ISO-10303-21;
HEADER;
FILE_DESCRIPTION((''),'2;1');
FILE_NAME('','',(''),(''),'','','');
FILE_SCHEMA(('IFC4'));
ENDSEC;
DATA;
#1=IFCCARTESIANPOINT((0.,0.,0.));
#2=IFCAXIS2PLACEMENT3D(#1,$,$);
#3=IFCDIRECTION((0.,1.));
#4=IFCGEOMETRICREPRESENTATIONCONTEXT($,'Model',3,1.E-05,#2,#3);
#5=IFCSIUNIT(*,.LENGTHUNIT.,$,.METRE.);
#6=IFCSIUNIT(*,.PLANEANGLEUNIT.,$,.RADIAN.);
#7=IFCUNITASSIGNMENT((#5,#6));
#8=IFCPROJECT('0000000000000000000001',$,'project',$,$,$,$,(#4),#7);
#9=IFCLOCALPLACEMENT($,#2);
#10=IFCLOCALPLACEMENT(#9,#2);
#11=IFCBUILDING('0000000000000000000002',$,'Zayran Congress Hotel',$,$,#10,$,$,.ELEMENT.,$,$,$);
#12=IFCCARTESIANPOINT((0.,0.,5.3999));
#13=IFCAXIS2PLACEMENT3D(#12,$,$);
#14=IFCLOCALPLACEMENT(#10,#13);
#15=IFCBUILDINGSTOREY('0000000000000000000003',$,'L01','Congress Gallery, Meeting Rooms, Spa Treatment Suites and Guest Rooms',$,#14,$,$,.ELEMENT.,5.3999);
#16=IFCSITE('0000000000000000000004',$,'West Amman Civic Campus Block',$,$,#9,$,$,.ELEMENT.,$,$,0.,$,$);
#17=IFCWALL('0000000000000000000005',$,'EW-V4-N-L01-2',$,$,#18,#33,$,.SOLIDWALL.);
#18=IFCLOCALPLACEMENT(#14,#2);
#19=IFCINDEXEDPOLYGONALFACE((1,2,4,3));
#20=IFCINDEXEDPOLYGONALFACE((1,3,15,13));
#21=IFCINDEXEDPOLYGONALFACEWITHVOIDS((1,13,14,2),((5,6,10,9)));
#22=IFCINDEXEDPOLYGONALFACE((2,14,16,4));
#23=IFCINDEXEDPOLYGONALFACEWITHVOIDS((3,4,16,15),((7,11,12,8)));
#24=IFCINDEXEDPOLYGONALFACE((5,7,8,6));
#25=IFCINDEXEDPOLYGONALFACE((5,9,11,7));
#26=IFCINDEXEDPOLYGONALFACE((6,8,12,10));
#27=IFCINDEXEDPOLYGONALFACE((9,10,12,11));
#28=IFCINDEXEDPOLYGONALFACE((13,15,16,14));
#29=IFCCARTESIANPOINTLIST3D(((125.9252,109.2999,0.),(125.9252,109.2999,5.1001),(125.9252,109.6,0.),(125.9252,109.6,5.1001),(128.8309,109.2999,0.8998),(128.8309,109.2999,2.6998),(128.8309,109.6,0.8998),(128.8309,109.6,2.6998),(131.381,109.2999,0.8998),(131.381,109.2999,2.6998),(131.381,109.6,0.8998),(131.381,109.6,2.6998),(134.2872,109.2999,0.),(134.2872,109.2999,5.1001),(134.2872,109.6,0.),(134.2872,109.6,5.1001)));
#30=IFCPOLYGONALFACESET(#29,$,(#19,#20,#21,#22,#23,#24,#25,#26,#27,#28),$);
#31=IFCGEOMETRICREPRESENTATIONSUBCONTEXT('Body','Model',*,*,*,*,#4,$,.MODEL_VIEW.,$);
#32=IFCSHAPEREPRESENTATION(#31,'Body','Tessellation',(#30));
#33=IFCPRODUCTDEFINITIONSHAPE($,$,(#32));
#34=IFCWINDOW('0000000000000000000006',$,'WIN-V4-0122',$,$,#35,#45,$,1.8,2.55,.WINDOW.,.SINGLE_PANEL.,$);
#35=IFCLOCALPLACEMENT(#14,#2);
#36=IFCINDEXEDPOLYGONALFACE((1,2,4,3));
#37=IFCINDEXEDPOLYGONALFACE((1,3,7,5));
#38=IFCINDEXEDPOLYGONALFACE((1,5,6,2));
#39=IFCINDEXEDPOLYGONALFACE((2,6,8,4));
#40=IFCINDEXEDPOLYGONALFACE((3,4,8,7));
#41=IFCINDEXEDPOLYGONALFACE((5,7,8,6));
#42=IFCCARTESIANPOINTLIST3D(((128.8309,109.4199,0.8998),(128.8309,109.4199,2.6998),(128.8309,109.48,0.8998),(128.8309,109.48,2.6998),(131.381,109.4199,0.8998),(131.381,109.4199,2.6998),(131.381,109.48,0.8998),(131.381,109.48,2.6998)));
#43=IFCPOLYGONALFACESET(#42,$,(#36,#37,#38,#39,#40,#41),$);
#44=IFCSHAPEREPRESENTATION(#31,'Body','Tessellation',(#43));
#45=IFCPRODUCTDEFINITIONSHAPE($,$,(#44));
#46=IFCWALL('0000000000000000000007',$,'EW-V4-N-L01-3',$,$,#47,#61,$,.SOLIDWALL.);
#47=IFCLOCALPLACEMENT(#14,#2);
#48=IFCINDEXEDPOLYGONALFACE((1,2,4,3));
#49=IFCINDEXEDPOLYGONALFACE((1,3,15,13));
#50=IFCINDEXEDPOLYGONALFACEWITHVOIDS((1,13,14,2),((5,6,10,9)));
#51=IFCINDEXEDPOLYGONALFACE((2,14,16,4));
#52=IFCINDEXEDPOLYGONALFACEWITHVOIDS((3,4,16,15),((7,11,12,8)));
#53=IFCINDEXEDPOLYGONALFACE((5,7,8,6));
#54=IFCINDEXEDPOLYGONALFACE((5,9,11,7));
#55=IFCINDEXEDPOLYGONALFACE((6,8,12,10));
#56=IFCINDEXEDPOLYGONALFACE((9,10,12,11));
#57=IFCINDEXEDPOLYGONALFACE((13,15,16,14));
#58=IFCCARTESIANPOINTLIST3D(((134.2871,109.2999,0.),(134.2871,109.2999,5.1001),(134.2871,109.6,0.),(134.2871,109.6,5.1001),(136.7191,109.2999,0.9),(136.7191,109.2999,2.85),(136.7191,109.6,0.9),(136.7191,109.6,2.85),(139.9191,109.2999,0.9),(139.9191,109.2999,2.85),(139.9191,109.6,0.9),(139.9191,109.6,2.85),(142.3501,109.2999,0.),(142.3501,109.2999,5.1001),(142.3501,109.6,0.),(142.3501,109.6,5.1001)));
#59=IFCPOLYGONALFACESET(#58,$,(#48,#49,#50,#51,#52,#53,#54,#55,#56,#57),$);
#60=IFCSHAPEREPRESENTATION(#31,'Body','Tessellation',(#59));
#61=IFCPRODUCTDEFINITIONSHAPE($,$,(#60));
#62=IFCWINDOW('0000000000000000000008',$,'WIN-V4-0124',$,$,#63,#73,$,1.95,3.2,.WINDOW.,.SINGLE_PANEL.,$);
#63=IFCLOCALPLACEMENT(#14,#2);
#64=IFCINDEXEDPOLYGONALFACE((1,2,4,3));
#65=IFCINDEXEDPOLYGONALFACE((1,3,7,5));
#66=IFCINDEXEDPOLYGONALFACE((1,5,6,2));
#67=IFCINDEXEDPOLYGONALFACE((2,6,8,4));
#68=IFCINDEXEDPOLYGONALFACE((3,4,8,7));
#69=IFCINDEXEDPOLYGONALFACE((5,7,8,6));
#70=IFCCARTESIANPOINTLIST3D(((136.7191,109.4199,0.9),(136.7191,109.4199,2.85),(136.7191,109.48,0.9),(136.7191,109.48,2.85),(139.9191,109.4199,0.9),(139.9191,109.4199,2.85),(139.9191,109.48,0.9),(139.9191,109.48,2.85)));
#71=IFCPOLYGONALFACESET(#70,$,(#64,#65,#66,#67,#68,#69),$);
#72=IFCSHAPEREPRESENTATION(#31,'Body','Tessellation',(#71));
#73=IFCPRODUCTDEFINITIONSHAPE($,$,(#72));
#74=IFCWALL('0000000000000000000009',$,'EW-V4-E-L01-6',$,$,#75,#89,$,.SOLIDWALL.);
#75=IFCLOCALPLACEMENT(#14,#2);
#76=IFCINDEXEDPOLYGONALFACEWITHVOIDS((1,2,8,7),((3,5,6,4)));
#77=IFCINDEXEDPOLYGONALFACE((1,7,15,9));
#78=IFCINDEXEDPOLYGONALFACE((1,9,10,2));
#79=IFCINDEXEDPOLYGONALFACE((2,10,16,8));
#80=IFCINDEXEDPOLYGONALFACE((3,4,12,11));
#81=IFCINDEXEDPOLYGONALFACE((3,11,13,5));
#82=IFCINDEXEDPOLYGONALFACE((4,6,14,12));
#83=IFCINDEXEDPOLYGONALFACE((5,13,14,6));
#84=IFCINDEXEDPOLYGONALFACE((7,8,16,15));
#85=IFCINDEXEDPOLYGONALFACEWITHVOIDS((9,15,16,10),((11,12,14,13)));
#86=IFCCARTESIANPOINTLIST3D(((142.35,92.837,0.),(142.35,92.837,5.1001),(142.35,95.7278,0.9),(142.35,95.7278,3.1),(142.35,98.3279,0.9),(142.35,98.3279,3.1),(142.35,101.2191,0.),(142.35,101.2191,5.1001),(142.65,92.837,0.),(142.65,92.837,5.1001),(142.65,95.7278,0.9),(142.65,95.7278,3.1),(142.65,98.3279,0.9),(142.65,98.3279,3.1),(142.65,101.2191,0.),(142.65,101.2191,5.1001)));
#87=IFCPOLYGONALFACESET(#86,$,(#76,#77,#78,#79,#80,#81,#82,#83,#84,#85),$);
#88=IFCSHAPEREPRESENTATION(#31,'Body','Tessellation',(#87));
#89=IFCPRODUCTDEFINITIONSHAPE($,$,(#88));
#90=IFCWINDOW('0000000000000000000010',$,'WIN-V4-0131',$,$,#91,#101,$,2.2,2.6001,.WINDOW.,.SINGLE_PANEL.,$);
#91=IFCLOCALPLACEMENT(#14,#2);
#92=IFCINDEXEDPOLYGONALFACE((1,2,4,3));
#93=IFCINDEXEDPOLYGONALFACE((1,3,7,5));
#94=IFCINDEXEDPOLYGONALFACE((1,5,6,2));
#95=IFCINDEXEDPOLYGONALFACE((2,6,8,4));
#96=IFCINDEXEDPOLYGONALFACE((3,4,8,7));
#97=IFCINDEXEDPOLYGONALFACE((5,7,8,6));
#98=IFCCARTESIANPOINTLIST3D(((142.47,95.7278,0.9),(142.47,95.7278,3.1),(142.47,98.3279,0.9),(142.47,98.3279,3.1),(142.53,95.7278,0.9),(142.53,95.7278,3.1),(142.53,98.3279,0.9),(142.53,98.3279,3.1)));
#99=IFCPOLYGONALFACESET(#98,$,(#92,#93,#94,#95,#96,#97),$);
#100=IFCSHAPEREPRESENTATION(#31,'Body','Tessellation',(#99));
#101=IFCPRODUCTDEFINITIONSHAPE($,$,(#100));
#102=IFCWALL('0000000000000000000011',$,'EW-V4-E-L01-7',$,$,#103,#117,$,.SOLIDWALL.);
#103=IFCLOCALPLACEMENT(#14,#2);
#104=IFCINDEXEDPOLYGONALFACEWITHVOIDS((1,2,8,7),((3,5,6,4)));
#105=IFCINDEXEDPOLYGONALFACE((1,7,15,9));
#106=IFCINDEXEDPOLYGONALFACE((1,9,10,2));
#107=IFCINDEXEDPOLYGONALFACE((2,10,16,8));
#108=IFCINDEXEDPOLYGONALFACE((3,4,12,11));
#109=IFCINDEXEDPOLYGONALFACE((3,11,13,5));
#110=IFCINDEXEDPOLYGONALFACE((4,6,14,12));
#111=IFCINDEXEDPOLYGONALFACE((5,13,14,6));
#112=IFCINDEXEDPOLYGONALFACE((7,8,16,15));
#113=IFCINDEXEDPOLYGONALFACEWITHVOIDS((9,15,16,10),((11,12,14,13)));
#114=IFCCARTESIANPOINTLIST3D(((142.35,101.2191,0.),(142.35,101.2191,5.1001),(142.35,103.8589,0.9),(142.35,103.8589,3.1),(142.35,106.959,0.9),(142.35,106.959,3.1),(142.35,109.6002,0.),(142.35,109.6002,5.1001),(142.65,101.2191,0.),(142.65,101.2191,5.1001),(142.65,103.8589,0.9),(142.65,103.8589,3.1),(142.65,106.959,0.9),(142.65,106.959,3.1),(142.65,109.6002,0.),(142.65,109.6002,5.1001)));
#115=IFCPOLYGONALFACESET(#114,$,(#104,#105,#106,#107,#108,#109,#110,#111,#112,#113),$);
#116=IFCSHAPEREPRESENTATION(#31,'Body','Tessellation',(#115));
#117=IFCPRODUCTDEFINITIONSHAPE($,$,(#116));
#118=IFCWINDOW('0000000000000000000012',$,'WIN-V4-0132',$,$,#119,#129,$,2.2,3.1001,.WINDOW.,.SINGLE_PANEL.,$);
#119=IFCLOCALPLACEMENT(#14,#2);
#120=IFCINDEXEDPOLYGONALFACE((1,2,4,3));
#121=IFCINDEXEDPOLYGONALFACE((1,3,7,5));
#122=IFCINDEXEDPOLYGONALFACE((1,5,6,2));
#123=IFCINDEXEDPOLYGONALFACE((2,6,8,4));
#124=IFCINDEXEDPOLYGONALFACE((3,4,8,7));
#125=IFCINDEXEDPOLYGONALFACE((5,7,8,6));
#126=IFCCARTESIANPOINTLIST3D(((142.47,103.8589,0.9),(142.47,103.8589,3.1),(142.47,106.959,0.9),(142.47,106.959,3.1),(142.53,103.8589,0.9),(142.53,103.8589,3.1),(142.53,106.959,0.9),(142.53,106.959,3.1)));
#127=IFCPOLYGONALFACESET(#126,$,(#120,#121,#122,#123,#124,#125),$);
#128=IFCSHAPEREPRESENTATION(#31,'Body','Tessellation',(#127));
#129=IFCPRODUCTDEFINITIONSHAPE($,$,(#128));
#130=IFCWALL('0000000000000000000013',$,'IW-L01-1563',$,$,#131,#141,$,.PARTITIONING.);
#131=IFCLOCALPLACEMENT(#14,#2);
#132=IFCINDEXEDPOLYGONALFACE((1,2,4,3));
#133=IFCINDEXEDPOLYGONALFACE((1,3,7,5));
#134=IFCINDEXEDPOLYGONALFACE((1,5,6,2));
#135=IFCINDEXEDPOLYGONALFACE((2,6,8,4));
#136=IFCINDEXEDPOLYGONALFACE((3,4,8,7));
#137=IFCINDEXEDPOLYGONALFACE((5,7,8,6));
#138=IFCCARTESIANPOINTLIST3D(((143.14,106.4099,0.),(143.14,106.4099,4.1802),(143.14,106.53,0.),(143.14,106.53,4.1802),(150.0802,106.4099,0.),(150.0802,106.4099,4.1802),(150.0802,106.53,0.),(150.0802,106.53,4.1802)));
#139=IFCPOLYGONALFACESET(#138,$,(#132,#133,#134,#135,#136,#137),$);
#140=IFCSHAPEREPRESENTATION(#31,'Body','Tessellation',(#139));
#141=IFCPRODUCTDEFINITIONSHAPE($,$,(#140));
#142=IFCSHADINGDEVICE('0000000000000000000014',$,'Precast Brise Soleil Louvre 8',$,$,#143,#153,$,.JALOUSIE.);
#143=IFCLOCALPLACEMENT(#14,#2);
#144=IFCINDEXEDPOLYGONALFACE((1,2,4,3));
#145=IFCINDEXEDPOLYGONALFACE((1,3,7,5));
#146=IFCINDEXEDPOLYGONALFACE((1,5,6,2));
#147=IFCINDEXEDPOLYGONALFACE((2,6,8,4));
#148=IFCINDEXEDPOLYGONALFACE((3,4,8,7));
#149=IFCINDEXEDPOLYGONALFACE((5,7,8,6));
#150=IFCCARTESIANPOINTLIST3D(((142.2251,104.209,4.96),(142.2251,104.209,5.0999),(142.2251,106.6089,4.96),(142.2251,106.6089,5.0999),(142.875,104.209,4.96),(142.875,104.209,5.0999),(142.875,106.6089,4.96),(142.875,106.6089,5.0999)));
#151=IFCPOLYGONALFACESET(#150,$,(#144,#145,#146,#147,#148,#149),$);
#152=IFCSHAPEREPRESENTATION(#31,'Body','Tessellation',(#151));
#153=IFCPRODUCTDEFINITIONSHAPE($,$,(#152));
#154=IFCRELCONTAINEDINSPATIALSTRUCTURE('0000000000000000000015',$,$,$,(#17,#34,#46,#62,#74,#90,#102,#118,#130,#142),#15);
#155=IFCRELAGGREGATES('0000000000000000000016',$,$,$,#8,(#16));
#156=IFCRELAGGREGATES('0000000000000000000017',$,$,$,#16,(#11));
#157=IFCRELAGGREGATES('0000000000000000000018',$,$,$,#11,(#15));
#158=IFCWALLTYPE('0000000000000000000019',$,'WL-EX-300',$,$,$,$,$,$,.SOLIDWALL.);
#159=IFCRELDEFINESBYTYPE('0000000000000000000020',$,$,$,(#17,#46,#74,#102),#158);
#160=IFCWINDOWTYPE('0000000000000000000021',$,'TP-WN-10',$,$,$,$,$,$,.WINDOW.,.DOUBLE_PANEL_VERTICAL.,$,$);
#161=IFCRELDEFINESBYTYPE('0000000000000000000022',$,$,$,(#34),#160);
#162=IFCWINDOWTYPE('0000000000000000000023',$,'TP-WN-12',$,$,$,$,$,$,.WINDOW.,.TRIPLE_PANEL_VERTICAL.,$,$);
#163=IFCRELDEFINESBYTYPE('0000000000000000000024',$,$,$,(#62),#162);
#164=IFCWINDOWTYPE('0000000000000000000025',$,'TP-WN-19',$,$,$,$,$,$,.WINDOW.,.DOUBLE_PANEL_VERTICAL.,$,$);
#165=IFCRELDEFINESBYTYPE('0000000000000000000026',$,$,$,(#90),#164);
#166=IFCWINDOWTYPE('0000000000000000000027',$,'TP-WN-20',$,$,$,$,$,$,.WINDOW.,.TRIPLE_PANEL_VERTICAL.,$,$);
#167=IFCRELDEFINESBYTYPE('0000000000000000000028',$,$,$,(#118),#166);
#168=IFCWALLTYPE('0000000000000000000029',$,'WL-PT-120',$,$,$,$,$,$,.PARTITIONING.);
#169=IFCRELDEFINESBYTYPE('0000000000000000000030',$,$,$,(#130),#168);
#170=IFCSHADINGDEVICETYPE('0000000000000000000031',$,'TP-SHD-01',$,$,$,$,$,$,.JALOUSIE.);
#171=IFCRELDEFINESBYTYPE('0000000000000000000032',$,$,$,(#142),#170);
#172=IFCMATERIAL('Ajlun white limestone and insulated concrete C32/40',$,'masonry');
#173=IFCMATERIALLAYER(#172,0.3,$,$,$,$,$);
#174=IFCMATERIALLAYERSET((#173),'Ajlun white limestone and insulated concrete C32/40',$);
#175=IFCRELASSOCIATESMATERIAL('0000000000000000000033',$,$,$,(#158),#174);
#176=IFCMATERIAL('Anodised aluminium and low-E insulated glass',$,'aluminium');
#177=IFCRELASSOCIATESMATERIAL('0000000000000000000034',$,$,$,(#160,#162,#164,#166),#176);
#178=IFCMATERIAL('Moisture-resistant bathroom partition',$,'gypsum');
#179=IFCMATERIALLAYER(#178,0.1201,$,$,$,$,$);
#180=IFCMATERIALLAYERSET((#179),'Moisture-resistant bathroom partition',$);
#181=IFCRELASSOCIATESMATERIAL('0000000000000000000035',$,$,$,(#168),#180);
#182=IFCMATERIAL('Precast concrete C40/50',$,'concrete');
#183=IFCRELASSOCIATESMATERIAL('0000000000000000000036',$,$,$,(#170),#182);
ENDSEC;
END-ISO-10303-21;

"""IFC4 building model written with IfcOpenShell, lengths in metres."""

from ifc_helpers import new_model, si_unit, direction, frame, frame_2d, origin, origin_2d, place, context, subcontext, project, spatial, rectangle, extrude, material, layer, layer_set, type_object, element, fill, save


model = new_model("IFC4")

# Units and contexts
model_context = context("Model", 3, precision=1e-05, world=origin(), true_north=direction((0.0, 1.0)))
body_context = subcontext(model_context, "Body", "Model", "MODEL_VIEW")
ifc_project = project(units=[si_unit("LENGTHUNIT", "METRE"), si_unit("PLANEANGLEUNIT", "RADIAN")], contexts=[model_context])

# Site, building, storey
site_placement = place(None, origin())
site = spatial("IfcSite", under=ifc_project, at=site_placement, Name="West Amman Civic Campus Block", CompositionType="ELEMENT", RefElevation=0.0)
building_placement = place(site_placement, origin())
building = spatial("IfcBuilding", under=site, at=building_placement, Name="Zayran Congress Hotel", CompositionType="ELEMENT")
storey_placement = place(building_placement, frame((0.0, 0.0, 5.3999)))
storey = spatial("IfcBuildingStorey", under=building, at=storey_placement, Name="L01", Description="Congress Gallery, Meeting Rooms, Spa Treatment Suites and Guest Rooms", CompositionType="ELEMENT", Elevation=5.3999)

# Walls, openings, windows
ifc_material_1 = material(Name="Anodised aluminium and low-E insulated glass", Category="aluminium")
ifc_material_2 = material(Name="Ajlun white limestone and insulated concrete C32/40", Category="masonry")
ifc_layer_1 = layer(ifc_material_2, 0.3)
ifc_layer_set_1 = layer_set([ifc_layer_1], Name="Ajlun white limestone and insulated concrete C32/40")
wall_type_1 = type_object("IfcWallType", Name="WL-EX-300", PredefinedType="SOLIDWALL", material=ifc_layer_set_1)
wall_1_placement = place(storey_placement, frame((125.925, 109.45, 0.0), z_axis=(0.0, 0.0, 1.0), x_axis=(1.0, 0.0, 0.0)))
wall_1 = element("IfcWall", 1, at=wall_1_placement, inside=storey, type_object=wall_type_1, Name="EW-V4-N-L01-2", PredefinedType="SOLIDWALL", context=body_context, shape_type="SweptSolid", body=[
    extrude(rectangle(XDim=8.3621, YDim=0.3, at=frame_2d((4.1812, 0.0))), origin(), (0.0, 0.0, 1.0), 5.1001),
])
opening_1_placement = place(wall_1_placement, frame((2.906, 0.0, 0.8999)))
opening_1 = element("IfcOpeningElement", 2, at=opening_1_placement, cuts=wall_1, PredefinedType="OPENING", context=body_context, shape_type="SweptSolid", body=[
    extrude(rectangle(XDim=2.55, YDim=1.8, at=frame_2d((1.2749, 0.8999))), frame((0.0, 0.1599, 0.0), z_axis=(0.0, -1.0, 0.0), x_axis=(1.0, 0.0, 0.0)), (0.0, 0.0, 1.0), 0.3201),
])
window_type_1 = type_object("IfcWindowType", Name="TP-WN-10", PartitioningType="DOUBLE_PANEL_VERTICAL", PredefinedType="WINDOW", material=ifc_material_1)
window_1_placement = place(opening_1_placement, origin())
window_1 = element("IfcWindow", 3, at=window_1_placement, inside=storey, type_object=window_type_1, Name="WIN-V4-0122", OverallHeight=1.8, OverallWidth=2.55, PartitioningType="SINGLE_PANEL", PredefinedType="WINDOW", context=body_context, shape_type="SweptSolid", body=[
    extrude(rectangle(XDim=2.55, YDim=1.8, at=frame_2d((1.2749, 0.8999))), frame((0.0, 0.03, 0.0), z_axis=(0.0, -1.0, 0.0), x_axis=(1.0, 0.0, 0.0)), (0.0, 0.0, 1.0), 0.0601),
])
fill(opening_1, window_1)
wall_2_placement = place(storey_placement, frame((134.2871, 109.45, 0.0), z_axis=(0.0, 0.0, 1.0), x_axis=(1.0, 0.0, 0.0)))
wall_2 = element("IfcWall", 4, at=wall_2_placement, inside=storey, type_object=wall_type_1, Name="EW-V4-N-L01-3", PredefinedType="SOLIDWALL", context=body_context, shape_type="SweptSolid", body=[
    extrude(rectangle(XDim=8.063, YDim=0.3, at=frame_2d((4.0315, 0.0))), origin(), (0.0, 0.0, 1.0), 5.1001),
])
opening_2_placement = place(wall_2_placement, frame((2.4319, 0.0, 0.8999)))
opening_2 = element("IfcOpeningElement", 5, at=opening_2_placement, cuts=wall_2, PredefinedType="OPENING", context=body_context, shape_type="SweptSolid", body=[
    extrude(rectangle(XDim=3.2, YDim=1.95, at=frame_2d((1.6001, 0.9751))), frame((0.0, 0.1599, 0.0), z_axis=(0.0, -1.0, 0.0), x_axis=(1.0, 0.0, 0.0)), (0.0, 0.0, 1.0), 0.3201),
])
window_type_2 = type_object("IfcWindowType", Name="TP-WN-12", PartitioningType="TRIPLE_PANEL_VERTICAL", PredefinedType="WINDOW", material=ifc_material_1)
window_2_placement = place(opening_2_placement, origin())
window_2 = element("IfcWindow", 6, at=window_2_placement, inside=storey, type_object=window_type_2, Name="WIN-V4-0124", OverallHeight=1.95, OverallWidth=3.2, PartitioningType="SINGLE_PANEL", PredefinedType="WINDOW", context=body_context, shape_type="SweptSolid", body=[
    extrude(rectangle(XDim=3.2, YDim=1.95, at=frame_2d((1.6001, 0.9751))), frame((0.0, 0.03, 0.0), z_axis=(0.0, -1.0, 0.0), x_axis=(1.0, 0.0, 0.0)), (0.0, 0.0, 1.0), 0.0601),
])
fill(opening_2, window_2)
wall_3_placement = place(storey_placement, frame((142.5, 101.219, 0.0), z_axis=(0.0, 0.0, 1.0), x_axis=(0.0, -1.0, 0.0)))
wall_3 = element("IfcWall", 7, at=wall_3_placement, inside=storey, type_object=wall_type_1, Name="EW-V4-E-L01-6", PredefinedType="SOLIDWALL", context=body_context, shape_type="SweptSolid", body=[
    extrude(rectangle(XDim=8.3821, YDim=0.3, at=frame_2d((4.1909, 0.0))), origin(), (0.0, 0.0, 1.0), 5.1001),
])
opening_3_placement = place(wall_3_placement, frame((2.8911, 0.0, 0.8999)))
opening_3 = element("IfcOpeningElement", 8, at=opening_3_placement, cuts=wall_3, PredefinedType="OPENING", context=body_context, shape_type="SweptSolid", body=[
    extrude(rectangle(XDim=2.6001, YDim=2.2, at=frame_2d((1.3, 1.1001))), frame((0.0, 0.1599, 0.0), z_axis=(0.0, -1.0, 0.0), x_axis=(1.0, 0.0, 0.0)), (0.0, 0.0, 1.0), 0.3201),
])
window_type_3 = type_object("IfcWindowType", Name="TP-WN-19", PartitioningType="DOUBLE_PANEL_VERTICAL", PredefinedType="WINDOW", material=ifc_material_1)
window_3_placement = place(opening_3_placement, origin())
window_3 = element("IfcWindow", 9, at=window_3_placement, inside=storey, type_object=window_type_3, Name="WIN-V4-0131", OverallHeight=2.2, OverallWidth=2.6001, PartitioningType="SINGLE_PANEL", PredefinedType="WINDOW", context=body_context, shape_type="SweptSolid", body=[
    extrude(rectangle(XDim=2.6001, YDim=2.2, at=frame_2d((1.3, 1.1001))), frame((0.0, 0.03, 0.0), z_axis=(0.0, -1.0, 0.0), x_axis=(1.0, 0.0, 0.0)), (0.0, 0.0, 1.0), 0.0601),
])
fill(opening_3, window_3)
wall_4_placement = place(storey_placement, frame((142.5, 109.6001, 0.0), z_axis=(0.0, 0.0, 1.0), x_axis=(0.0, -1.0, 0.0)))
wall_4 = element("IfcWall", 10, at=wall_4_placement, inside=storey, type_object=wall_type_1, Name="EW-V4-E-L01-7", PredefinedType="SOLIDWALL", context=body_context, shape_type="SweptSolid", body=[
    extrude(rectangle(XDim=8.3811, YDim=0.3, at=frame_2d((4.1904, 0.0))), origin(), (0.0, 0.0, 1.0), 5.1001),
])
opening_4_placement = place(wall_4_placement, frame((2.6411, 0.0, 0.8999)))
opening_4 = element("IfcOpeningElement", 11, at=opening_4_placement, cuts=wall_4, PredefinedType="OPENING", context=body_context, shape_type="SweptSolid", body=[
    extrude(rectangle(XDim=3.1001, YDim=2.2, at=frame_2d((1.55, 1.1001))), frame((0.0, 0.1599, 0.0), z_axis=(0.0, -1.0, 0.0), x_axis=(1.0, 0.0, 0.0)), (0.0, 0.0, 1.0), 0.3201),
])
window_type_4 = type_object("IfcWindowType", Name="TP-WN-20", PartitioningType="TRIPLE_PANEL_VERTICAL", PredefinedType="WINDOW", material=ifc_material_1)
window_4_placement = place(opening_4_placement, origin())
window_4 = element("IfcWindow", 12, at=window_4_placement, inside=storey, type_object=window_type_4, Name="WIN-V4-0132", OverallHeight=2.2, OverallWidth=3.1001, PartitioningType="SINGLE_PANEL", PredefinedType="WINDOW", context=body_context, shape_type="SweptSolid", body=[
    extrude(rectangle(XDim=3.1001, YDim=2.2, at=frame_2d((1.55, 1.1001))), frame((0.0, 0.03, 0.0), z_axis=(0.0, -1.0, 0.0), x_axis=(1.0, 0.0, 0.0)), (0.0, 0.0, 1.0), 0.0601),
])
fill(opening_4, window_4)

# Wall
ifc_material_3 = material(Name="Moisture-resistant bathroom partition", Category="gypsum")
ifc_layer_2 = layer(ifc_material_3, 0.1201)
ifc_layer_set_2 = layer_set([ifc_layer_2], Name="Moisture-resistant bathroom partition")
wall_type_2 = type_object("IfcWallType", Name="WL-PT-120", PredefinedType="PARTITIONING", material=ifc_layer_set_2)
wall_5_placement = place(storey_placement, frame((143.1399, 106.47, 0.0), z_axis=(0.0, 0.0, 1.0), x_axis=(1.0, 0.0, 0.0)))
element("IfcWall", 13, at=wall_5_placement, inside=storey, type_object=wall_type_2, Name="IW-L01-1563", PredefinedType="PARTITIONING", context=body_context, shape_type="SweptSolid", body=[
    extrude(rectangle(XDim=6.9402, YDim=0.1201, at=frame_2d((3.4702, 0.0))), origin(), (0.0, 0.0, 1.0), 4.1802),
])

# Shading device
ifc_material_4 = material(Name="Precast concrete C40/50", Category="concrete")
shading_device_type = type_object("IfcShadingDeviceType", Name="TP-SHD-01", PredefinedType="JALOUSIE", material=ifc_material_4)
shading_device_placement = place(storey_placement, frame((142.55, 105.4089, 4.96), z_axis=(0.0, 0.0, 1.0), x_axis=(0.0, 1.0, 0.0)))
element("IfcShadingDevice", 14, at=shading_device_placement, inside=storey, type_object=shading_device_type, Name="Precast Brise Soleil Louvre 8", PredefinedType="JALOUSIE", context=body_context, shape_type="SweptSolid", body=[
    extrude(rectangle(XDim=2.3999, YDim=0.6499, at=origin_2d()), origin(), (0.0, 0.0, 1.0), 0.1399),
])

save(model, "model.ifc")
